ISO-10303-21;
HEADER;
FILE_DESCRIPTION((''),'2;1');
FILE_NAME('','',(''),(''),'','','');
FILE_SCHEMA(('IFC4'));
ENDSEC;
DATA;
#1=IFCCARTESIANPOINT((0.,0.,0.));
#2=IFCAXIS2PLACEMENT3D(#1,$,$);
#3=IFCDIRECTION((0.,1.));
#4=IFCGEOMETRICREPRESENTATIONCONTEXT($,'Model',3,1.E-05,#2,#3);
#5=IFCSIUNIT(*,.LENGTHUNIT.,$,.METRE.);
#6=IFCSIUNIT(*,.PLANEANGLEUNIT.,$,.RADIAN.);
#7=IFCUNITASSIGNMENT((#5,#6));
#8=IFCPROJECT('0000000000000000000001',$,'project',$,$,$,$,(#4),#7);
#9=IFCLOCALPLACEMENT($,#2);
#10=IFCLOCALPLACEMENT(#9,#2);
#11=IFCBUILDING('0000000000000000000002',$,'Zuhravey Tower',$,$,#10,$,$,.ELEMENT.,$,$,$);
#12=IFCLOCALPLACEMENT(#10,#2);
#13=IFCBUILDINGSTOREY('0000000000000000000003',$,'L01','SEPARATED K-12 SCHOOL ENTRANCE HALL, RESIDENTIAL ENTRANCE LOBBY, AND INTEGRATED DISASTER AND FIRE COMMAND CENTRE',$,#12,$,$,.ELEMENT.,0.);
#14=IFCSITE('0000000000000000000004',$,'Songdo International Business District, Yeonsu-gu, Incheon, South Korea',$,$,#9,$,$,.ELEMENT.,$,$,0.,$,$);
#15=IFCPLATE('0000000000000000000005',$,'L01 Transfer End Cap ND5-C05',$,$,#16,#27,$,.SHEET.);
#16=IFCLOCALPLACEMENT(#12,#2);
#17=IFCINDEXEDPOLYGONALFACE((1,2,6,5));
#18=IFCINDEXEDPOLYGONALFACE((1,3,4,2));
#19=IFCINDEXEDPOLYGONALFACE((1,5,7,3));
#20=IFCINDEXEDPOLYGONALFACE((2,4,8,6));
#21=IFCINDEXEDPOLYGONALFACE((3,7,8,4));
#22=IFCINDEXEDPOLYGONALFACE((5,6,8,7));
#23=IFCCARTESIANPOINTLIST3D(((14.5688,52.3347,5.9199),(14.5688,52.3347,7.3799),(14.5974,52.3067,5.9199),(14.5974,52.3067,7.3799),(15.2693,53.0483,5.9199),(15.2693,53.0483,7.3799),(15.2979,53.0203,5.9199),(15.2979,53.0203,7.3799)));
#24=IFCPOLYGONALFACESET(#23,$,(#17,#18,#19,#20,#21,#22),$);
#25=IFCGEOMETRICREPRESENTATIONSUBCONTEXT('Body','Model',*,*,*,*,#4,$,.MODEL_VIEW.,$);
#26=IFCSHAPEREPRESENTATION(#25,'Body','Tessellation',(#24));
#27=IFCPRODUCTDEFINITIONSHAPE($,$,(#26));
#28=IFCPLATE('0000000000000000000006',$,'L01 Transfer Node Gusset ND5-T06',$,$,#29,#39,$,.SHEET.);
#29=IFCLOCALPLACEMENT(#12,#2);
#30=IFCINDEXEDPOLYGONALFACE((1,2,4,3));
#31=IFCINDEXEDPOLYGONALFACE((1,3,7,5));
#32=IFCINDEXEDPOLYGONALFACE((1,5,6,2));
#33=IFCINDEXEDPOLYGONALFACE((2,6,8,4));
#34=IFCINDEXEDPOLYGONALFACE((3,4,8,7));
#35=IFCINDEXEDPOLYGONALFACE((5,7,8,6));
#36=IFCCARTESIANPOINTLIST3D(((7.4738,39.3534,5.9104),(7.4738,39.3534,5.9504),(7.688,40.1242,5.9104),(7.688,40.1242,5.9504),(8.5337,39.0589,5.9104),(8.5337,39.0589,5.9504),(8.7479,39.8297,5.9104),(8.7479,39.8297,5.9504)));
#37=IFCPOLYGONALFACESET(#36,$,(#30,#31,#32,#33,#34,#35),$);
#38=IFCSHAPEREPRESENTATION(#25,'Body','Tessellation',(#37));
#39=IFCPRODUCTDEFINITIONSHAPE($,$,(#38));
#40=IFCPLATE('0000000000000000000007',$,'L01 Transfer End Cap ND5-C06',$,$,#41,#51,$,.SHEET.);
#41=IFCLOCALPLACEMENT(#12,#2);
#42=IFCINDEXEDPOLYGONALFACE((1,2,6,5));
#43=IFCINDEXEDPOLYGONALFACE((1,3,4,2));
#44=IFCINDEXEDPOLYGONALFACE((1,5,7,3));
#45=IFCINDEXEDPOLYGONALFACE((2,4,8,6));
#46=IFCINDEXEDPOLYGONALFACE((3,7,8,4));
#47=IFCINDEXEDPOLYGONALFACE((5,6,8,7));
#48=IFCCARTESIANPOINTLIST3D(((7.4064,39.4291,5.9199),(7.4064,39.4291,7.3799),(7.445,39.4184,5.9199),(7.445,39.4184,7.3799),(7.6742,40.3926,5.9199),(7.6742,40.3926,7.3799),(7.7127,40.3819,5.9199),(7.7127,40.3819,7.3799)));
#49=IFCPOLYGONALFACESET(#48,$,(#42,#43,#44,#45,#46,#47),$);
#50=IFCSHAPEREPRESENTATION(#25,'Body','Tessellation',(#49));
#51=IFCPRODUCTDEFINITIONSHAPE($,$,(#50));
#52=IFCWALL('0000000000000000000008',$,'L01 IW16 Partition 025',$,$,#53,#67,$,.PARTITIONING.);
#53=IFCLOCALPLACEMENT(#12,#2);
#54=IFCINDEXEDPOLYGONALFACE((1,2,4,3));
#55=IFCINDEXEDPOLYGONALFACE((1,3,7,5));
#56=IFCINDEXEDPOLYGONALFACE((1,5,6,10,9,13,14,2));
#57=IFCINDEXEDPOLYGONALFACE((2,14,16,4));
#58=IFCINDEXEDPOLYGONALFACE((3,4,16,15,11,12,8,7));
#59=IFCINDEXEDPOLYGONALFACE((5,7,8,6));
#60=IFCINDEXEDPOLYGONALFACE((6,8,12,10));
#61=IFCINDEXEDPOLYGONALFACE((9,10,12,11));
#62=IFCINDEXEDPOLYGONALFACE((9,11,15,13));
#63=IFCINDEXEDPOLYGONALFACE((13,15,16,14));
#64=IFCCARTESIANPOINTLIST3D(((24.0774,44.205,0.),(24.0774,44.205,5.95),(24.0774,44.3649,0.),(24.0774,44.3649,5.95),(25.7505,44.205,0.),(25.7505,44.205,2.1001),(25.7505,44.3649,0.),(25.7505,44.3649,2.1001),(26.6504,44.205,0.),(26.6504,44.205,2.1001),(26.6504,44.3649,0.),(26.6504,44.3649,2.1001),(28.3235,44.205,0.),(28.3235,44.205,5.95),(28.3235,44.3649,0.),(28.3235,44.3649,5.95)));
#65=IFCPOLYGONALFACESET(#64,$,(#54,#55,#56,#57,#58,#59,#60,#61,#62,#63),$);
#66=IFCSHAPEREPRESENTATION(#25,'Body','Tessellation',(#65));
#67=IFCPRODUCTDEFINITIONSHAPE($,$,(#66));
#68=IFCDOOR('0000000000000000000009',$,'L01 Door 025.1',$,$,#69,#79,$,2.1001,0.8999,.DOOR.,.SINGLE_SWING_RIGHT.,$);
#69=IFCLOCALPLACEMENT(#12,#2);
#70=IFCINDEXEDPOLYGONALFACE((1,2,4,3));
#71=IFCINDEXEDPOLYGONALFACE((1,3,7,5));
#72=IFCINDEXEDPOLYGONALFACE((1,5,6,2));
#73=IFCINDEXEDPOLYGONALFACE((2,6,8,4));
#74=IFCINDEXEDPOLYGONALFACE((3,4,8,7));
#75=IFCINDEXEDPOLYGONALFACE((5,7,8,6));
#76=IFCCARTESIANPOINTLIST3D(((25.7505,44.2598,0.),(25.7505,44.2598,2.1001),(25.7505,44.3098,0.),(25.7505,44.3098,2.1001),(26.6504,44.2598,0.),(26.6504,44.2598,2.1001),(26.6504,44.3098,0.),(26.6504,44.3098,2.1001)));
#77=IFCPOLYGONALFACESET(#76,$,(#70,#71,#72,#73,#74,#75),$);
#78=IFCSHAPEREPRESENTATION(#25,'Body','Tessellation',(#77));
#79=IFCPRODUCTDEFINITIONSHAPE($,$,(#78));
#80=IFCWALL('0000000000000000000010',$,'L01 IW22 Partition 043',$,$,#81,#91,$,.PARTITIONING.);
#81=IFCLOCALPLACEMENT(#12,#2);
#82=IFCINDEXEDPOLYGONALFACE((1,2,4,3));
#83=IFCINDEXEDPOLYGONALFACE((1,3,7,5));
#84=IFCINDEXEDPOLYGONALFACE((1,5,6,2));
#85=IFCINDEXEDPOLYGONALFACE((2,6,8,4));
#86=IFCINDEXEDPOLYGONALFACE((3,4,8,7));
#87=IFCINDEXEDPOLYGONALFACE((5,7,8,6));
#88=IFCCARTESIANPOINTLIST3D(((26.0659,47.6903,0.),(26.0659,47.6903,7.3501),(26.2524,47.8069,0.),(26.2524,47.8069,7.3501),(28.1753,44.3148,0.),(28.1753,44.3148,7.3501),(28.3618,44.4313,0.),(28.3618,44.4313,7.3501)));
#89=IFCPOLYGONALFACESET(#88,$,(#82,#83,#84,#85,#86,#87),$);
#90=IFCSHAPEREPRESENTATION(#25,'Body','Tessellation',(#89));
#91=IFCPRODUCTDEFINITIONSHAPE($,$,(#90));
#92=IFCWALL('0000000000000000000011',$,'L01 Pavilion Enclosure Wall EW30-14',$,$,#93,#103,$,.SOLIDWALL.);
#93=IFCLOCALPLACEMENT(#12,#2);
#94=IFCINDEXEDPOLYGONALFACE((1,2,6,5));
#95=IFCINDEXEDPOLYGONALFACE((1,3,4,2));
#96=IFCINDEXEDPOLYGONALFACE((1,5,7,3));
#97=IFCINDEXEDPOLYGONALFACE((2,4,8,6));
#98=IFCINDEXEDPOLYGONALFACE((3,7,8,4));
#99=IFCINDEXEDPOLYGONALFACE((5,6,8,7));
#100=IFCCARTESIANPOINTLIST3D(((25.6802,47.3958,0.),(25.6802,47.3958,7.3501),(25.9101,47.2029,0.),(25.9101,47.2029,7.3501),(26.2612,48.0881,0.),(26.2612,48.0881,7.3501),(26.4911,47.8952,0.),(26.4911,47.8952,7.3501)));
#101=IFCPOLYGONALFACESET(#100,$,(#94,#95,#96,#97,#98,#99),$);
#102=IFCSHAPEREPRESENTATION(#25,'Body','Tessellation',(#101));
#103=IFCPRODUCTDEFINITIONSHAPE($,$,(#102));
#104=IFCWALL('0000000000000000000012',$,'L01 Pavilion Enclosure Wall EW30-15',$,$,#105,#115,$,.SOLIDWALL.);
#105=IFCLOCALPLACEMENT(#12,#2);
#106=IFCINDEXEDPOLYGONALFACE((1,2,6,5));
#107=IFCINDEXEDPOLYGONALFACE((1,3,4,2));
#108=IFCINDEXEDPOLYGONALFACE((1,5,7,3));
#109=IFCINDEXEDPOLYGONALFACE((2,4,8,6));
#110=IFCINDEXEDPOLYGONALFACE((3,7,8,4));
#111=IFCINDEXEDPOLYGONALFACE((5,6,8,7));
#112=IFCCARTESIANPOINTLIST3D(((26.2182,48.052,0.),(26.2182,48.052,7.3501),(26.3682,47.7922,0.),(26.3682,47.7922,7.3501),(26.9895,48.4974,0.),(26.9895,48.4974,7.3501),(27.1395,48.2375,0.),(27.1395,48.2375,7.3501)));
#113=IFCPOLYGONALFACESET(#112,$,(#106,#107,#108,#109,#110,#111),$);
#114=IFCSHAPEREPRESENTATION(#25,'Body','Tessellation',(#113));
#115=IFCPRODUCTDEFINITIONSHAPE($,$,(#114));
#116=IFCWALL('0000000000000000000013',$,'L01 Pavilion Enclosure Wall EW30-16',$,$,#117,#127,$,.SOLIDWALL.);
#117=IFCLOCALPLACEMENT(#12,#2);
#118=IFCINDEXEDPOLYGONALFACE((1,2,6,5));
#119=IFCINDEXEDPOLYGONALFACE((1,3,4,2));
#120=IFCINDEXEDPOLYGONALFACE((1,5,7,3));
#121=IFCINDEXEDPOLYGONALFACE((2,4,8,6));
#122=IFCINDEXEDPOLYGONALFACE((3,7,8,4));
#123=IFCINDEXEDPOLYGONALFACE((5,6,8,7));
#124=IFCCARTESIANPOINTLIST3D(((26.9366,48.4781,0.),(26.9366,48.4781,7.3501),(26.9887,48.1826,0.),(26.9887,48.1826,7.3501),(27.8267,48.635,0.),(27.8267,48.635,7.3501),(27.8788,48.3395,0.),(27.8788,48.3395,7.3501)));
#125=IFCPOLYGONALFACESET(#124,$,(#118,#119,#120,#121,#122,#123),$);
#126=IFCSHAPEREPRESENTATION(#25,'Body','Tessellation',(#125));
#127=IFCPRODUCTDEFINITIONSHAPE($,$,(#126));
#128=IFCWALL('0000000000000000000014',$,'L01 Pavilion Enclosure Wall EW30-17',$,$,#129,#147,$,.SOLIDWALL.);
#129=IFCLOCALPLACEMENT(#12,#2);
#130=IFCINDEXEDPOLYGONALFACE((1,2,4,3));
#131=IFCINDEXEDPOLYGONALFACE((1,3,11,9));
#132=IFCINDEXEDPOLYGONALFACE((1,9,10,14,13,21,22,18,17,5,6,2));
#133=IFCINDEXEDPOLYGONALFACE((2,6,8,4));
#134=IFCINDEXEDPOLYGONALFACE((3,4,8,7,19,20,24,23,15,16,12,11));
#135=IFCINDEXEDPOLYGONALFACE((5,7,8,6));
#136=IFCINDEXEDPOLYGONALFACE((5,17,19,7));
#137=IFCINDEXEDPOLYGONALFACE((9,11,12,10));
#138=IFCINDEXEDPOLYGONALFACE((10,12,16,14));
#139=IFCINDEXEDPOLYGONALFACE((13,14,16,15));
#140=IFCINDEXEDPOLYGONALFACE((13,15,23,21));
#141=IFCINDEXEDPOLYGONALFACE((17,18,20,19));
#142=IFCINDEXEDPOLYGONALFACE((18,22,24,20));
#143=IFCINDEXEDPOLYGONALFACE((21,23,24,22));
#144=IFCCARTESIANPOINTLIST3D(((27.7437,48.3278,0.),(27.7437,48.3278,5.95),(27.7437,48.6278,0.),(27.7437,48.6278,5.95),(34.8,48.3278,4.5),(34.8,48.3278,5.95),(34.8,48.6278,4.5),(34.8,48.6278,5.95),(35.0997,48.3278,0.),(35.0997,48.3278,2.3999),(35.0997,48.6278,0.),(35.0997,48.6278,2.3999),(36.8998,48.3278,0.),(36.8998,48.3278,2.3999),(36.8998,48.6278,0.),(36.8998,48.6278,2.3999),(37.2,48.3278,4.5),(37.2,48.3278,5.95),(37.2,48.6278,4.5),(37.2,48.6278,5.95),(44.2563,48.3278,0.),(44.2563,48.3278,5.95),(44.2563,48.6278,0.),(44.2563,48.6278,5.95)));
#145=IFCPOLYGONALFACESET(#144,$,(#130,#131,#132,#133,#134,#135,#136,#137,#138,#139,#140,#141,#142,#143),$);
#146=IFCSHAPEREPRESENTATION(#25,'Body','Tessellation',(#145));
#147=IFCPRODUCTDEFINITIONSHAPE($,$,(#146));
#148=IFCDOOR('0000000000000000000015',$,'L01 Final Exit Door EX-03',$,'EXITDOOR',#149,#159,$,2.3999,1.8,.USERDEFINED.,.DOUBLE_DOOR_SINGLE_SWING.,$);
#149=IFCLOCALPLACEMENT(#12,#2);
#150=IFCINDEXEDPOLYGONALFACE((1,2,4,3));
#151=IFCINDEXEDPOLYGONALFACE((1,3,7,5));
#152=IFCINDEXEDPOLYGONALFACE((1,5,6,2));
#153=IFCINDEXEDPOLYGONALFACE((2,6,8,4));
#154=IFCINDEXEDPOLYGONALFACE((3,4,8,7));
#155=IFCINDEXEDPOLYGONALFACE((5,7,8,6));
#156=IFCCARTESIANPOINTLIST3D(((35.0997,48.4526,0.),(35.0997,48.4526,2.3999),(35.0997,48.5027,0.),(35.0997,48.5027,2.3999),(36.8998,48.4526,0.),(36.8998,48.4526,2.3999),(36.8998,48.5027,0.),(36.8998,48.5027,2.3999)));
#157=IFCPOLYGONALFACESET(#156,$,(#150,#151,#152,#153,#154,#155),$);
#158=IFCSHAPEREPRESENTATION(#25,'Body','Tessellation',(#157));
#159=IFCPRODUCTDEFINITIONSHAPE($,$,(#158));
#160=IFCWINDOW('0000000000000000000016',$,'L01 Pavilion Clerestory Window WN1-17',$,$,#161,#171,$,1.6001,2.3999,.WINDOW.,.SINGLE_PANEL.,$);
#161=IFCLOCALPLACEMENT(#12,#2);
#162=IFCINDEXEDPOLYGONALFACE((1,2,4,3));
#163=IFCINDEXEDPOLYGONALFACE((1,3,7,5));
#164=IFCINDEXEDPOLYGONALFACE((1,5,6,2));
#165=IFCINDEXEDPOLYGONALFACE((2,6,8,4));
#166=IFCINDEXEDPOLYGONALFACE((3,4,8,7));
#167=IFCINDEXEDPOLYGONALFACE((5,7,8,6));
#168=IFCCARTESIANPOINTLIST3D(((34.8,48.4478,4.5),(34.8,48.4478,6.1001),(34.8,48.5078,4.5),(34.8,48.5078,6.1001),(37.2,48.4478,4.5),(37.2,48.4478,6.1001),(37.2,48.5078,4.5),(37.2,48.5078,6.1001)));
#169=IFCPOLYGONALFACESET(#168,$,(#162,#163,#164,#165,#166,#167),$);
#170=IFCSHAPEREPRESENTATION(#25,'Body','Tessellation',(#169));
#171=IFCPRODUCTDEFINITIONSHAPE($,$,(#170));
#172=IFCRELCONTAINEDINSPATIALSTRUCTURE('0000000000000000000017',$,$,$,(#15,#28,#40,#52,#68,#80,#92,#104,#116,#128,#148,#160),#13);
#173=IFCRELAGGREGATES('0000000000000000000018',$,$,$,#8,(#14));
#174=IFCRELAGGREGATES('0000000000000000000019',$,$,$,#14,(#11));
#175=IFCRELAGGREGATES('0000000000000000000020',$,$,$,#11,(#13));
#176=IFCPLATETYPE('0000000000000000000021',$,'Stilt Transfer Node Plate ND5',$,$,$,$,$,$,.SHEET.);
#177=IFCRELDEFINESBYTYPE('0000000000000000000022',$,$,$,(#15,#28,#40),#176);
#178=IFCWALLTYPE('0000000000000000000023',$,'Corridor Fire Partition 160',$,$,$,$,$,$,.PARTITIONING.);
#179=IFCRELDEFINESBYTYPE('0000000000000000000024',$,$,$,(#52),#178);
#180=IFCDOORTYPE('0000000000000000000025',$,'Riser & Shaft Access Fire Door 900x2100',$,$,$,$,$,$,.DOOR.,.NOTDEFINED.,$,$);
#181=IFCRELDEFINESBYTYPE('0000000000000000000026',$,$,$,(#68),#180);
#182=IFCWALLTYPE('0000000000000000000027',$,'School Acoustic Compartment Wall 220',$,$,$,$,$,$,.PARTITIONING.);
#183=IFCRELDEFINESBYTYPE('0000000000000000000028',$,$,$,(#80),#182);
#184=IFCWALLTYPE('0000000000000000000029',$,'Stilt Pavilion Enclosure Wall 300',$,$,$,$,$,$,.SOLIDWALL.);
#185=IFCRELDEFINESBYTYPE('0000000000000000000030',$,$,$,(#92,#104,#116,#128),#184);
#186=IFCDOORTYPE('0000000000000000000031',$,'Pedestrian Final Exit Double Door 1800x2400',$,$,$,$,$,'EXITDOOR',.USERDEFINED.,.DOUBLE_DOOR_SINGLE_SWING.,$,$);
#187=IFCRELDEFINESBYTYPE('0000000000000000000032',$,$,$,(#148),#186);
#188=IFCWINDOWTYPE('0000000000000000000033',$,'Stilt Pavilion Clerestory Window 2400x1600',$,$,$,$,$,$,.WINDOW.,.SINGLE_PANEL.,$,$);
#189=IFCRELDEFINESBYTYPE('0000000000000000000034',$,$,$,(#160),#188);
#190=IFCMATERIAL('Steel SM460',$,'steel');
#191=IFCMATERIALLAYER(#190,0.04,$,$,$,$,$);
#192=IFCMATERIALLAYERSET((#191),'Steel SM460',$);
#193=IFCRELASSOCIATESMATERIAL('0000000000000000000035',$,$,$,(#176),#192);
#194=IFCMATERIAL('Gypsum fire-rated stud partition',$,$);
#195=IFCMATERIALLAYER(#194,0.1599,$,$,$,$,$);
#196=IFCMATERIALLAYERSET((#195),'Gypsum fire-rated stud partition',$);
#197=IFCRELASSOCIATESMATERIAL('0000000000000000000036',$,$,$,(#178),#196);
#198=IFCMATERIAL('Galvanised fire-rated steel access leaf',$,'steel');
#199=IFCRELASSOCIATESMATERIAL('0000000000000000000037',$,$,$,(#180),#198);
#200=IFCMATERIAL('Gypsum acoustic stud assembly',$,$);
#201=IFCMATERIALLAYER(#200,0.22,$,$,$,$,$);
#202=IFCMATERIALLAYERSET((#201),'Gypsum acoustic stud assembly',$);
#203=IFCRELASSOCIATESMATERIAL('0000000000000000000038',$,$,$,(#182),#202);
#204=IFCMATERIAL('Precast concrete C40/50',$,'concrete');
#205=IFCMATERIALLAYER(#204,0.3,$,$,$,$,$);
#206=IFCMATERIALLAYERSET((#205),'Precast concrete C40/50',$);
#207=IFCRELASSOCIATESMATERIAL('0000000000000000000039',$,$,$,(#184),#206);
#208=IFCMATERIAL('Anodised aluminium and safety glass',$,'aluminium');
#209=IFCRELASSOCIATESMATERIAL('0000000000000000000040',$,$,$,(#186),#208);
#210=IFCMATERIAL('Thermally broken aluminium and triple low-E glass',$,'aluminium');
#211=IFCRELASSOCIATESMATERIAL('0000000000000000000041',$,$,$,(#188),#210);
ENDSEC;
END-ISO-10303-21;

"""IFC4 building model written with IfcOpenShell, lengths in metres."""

from ifc_helpers import new_model, si_unit, direction, frame, frame_2d, origin, origin_2d, place, context, subcontext, project, spatial, rectangle, extrude, material, layer, layer_set, type_object, element, fill, save


model = new_model("IFC4")

# Units and contexts
model_context = context("Model", 3, precision=1e-05, world=origin(), true_north=direction((0.0, 1.0)))
body_context = subcontext(model_context, "Body", "Model", "MODEL_VIEW")
ifc_project = project(units=[si_unit("LENGTHUNIT", "METRE"), si_unit("PLANEANGLEUNIT", "RADIAN")], contexts=[model_context])

# Site, building, storey
site_placement = place(None, origin())
site = spatial("IfcSite", under=ifc_project, at=site_placement, Name="Songdo International Business District, Yeonsu-gu, Incheon, South Korea", CompositionType="ELEMENT", RefElevation=0.0)
building_placement = place(site_placement, origin())
building = spatial("IfcBuilding", under=site, at=building_placement, Name="Zuhravey Tower", CompositionType="ELEMENT")
storey_placement = place(building_placement, origin())
storey = spatial("IfcBuildingStorey", under=building, at=storey_placement, Name="L01", Description="SEPARATED K-12 SCHOOL ENTRANCE HALL, RESIDENTIAL ENTRANCE LOBBY, AND INTEGRATED DISASTER AND FIRE COMMAND CENTRE", CompositionType="ELEMENT", Elevation=0.0)

# Shared definitions
ifc_material_1 = material(Name="Steel SM460", Category="steel")

# Plates
ifc_layer_1 = layer(ifc_material_1, 0.04)
ifc_layer_set_1 = layer_set([ifc_layer_1], Name="Steel SM460")
plate_type = type_object("IfcPlateType", Name="Stilt Transfer Node Plate ND5", PredefinedType="SHEET", material=ifc_layer_set_1)
plate_1_placement = place(storey_placement, frame((14.9333, 52.6775, 5.9199), z_axis=(0.0, 0.0, 1.0), x_axis=(-0.713617, 0.700536, 0.0)))
element("IfcPlate", 1, at=plate_1_placement, inside=storey, type_object=plate_type, Name="L01 Transfer End Cap ND5-C05", PredefinedType="SHEET", context=body_context, shape_type="SweptSolid", body=[
    extrude(rectangle(XDim=0.04, YDim=1.0, at=origin_2d()), origin(), (0.0, 0.0, 1.0), 1.46),
])
plate_2_placement = place(storey_placement, frame((8.1108, 39.5916, 5.9104), z_axis=(0.0, 0.0, 1.0), x_axis=(-0.96349, 0.267743, 0.0)))
element("IfcPlate", 2, at=plate_2_placement, inside=storey, type_object=plate_type, Name="L01 Transfer Node Gusset ND5-T06", PredefinedType="SHEET", context=body_context, shape_type="SweptSolid", body=[
    extrude(rectangle(XDim=1.1001, YDim=0.8, at=origin_2d()), origin(), (0.0, 0.0, 1.0), 0.04),
])
plate_3_placement = place(storey_placement, frame((7.5596, 39.9055, 5.9199), z_axis=(0.0, 0.0, 1.0), x_axis=(-0.96349, 0.267743, 0.0)))
element("IfcPlate", 3, at=plate_3_placement, inside=storey, type_object=plate_type, Name="L01 Transfer End Cap ND5-C06", PredefinedType="SHEET", context=body_context, shape_type="SweptSolid", body=[
    extrude(rectangle(XDim=0.04, YDim=1.0, at=origin_2d()), origin(), (0.0, 0.0, 1.0), 1.46),
])

# Wall, opening, door
ifc_material_2 = material(Name="Gypsum fire-rated stud partition")
ifc_layer_2 = layer(ifc_material_2, 0.1599)
ifc_layer_set_2 = layer_set([ifc_layer_2], Name="Gypsum fire-rated stud partition")
wall_type_1 = type_object("IfcWallType", Name="Corridor Fire Partition 160", PredefinedType="PARTITIONING", material=ifc_layer_set_2)
wall_1_placement = place(storey_placement, frame((28.3235, 44.2849, 0.0), z_axis=(0.0, 0.0, 1.0), x_axis=(-1.0, 0.0, 0.0)))
wall_1 = element("IfcWall", 4, at=wall_1_placement, inside=storey, type_object=wall_type_1, Name="L01 IW16 Partition 025", PredefinedType="PARTITIONING", context=body_context, shape_type="SweptSolid", body=[
    extrude(rectangle(XDim=4.2461, YDim=0.1599, at=frame_2d((2.123, 0.0))), origin(), (0.0, 0.0, 1.0), 5.95),
])
opening_1_placement = place(wall_1_placement, frame((1.6731, 0.0, 0.0)))
opening_1 = element("IfcOpeningElement", 5, at=opening_1_placement, cuts=wall_1, PredefinedType="OPENING", context=body_context, shape_type="SweptSolid", body=[
    extrude(rectangle(XDim=0.8999, YDim=2.1001, at=frame_2d((0.45, 1.05))), frame((0.0, 0.092, 0.0), z_axis=(0.0, -1.0, 0.0), x_axis=(1.0, 0.0, 0.0)), (0.0, 0.0, 1.0), 0.1838),
])
ifc_material_3 = material(Name="Galvanised fire-rated steel access leaf", Category="steel")
door_type_1 = type_object("IfcDoorType", Name="Riser & Shaft Access Fire Door 900x2100", OperationType="NOTDEFINED", PredefinedType="DOOR", material=ifc_material_3)
door_1_placement = place(opening_1_placement, frame((0.8999, 0.0, 0.0), z_axis=(0.0, 0.0, 1.0), x_axis=(-1.0, 0.0, 0.0)))
door_1 = element("IfcDoor", 6, at=door_1_placement, inside=storey, type_object=door_type_1, Name="L01 Door 025.1", OperationType="SINGLE_SWING_RIGHT", OverallHeight=2.1001, OverallWidth=0.8999, PredefinedType="DOOR", context=body_context, shape_type="SweptSolid", body=[
    extrude(rectangle(XDim=0.8999, YDim=2.1001, at=frame_2d((0.45, 1.05))), frame((0.0, 0.0249, 0.0), z_axis=(0.0, -1.0, 0.0), x_axis=(1.0, 0.0, 0.0)), (0.0, 0.0, 1.0), 0.05),
])
fill(opening_1, door_1)

# Walls
ifc_material_4 = material(Name="Gypsum acoustic stud assembly")
ifc_layer_3 = layer(ifc_material_4, 0.22)
ifc_layer_set_3 = layer_set([ifc_layer_3], Name="Gypsum acoustic stud assembly")
wall_type_2 = type_object("IfcWallType", Name="School Acoustic Compartment Wall 220", PredefinedType="PARTITIONING", material=ifc_layer_set_3)
wall_2_placement = place(storey_placement, frame((28.2686, 44.373, 0.0), z_axis=(0.0, 0.0, 1.0), x_axis=(-0.529944, 0.848033, 0.0)))
element("IfcWall", 7, at=wall_2_placement, inside=storey, type_object=wall_type_2, Name="L01 IW22 Partition 043", PredefinedType="PARTITIONING", context=body_context, shape_type="SweptSolid", body=[
    extrude(rectangle(XDim=3.9805, YDim=0.22, at=frame_2d((1.9902, 0.0))), origin(), (0.0, 0.0, 1.0), 7.3501),
])
ifc_material_5 = material(Name="Precast concrete C40/50", Category="concrete")
ifc_layer_4 = layer(ifc_material_5, 0.3)
ifc_layer_set_4 = layer_set([ifc_layer_4], Name="Precast concrete C40/50")
wall_type_3 = type_object("IfcWallType", Name="Stilt Pavilion Enclosure Wall 300", PredefinedType="SOLIDWALL", material=ifc_layer_set_4)
wall_3_placement = place(storey_placement, frame((25.7952, 47.2993, 0.0), z_axis=(0.0, 0.0, 1.0), x_axis=(0.642837, 0.766003, 0.0)))
element("IfcWall", 8, at=wall_3_placement, inside=storey, type_object=wall_type_3, Name="L01 Pavilion Enclosure Wall EW30-14", PredefinedType="SOLIDWALL", context=body_context, shape_type="SweptSolid", body=[
    extrude(rectangle(XDim=0.9038, YDim=0.3, at=frame_2d((0.4519, 0.0))), origin(), (0.0, 0.0, 1.0), 7.3501),
])
wall_4_placement = place(storey_placement, frame((26.2932, 47.9221, 0.0), z_axis=(0.0, 0.0, 1.0), x_axis=(0.866008, 0.500031, 0.0)))
element("IfcWall", 9, at=wall_4_placement, inside=storey, type_object=wall_type_3, Name="L01 Pavilion Enclosure Wall EW30-15", PredefinedType="SOLIDWALL", context=body_context, shape_type="SweptSolid", body=[
    extrude(rectangle(XDim=0.8906, YDim=0.3, at=frame_2d((0.4453, 0.0))), origin(), (0.0, 0.0, 1.0), 7.3501),
])
wall_5_placement = place(storey_placement, frame((26.9626, 48.3303, 0.0), z_axis=(0.0, 0.0, 1.0), x_axis=(0.984803, 0.173677, 0.0)))
element("IfcWall", 10, at=wall_5_placement, inside=storey, type_object=wall_type_3, Name="L01 Pavilion Enclosure Wall EW30-16", PredefinedType="SOLIDWALL", context=body_context, shape_type="SweptSolid", body=[
    extrude(rectangle(XDim=0.9038, YDim=0.3, at=frame_2d((0.4519, 0.0))), origin(), (0.0, 0.0, 1.0), 7.3501),
])

# Wall, openings, door, window
wall_6_placement = place(storey_placement, frame((27.7437, 48.4778, 0.0), z_axis=(0.0, 0.0, 1.0), x_axis=(1.0, 0.0, 0.0)))
wall_6 = element("IfcWall", 11, at=wall_6_placement, inside=storey, type_object=wall_type_3, Name="L01 Pavilion Enclosure Wall EW30-17", PredefinedType="SOLIDWALL", context=body_context, shape_type="SweptSolid", body=[
    extrude(rectangle(XDim=16.5127, YDim=0.3, at=frame_2d((8.2563, 0.0))), origin(), (0.0, 0.0, 1.0), 5.95),
])
opening_2_placement = place(wall_6_placement, frame((7.3562, 0.0, 0.0)))
opening_2 = element("IfcOpeningElement", 12, at=opening_2_placement, cuts=wall_6, PredefinedType="OPENING", context=body_context, shape_type="SweptSolid", body=[
    extrude(rectangle(XDim=1.8, YDim=2.3999, at=frame_2d((0.8999, 1.2))), frame((0.0, 0.1621, 0.0), z_axis=(0.0, -1.0, 0.0), x_axis=(1.0, 0.0, 0.0)), (0.0, 0.0, 1.0), 0.324),
])
opening_3_placement = place(wall_6_placement, frame((7.0564, 0.0, 4.5)))
opening_3 = element("IfcOpeningElement", 13, at=opening_3_placement, cuts=wall_6, PredefinedType="OPENING", context=body_context, shape_type="SweptSolid", body=[
    extrude(rectangle(XDim=2.3999, YDim=1.6001, at=frame_2d((1.2, 0.8))), frame((0.0, 0.1621, 0.0), z_axis=(0.0, -1.0, 0.0), x_axis=(1.0, 0.0, 0.0)), (0.0, 0.0, 1.0), 0.324),
])
ifc_material_6 = material(Name="Anodised aluminium and safety glass", Category="aluminium")
door_type_2 = type_object("IfcDoorType", Name="Pedestrian Final Exit Double Door 1800x2400", ElementType="EXITDOOR", OperationType="DOUBLE_DOOR_SINGLE_SWING", PredefinedType="USERDEFINED", material=ifc_material_6)
door_2_placement = place(opening_2_placement, origin())
door_2 = element("IfcDoor", 14, at=door_2_placement, inside=storey, type_object=door_type_2, Name="L01 Final Exit Door EX-03", ObjectType="EXITDOOR", OperationType="DOUBLE_DOOR_SINGLE_SWING", OverallHeight=2.3999, OverallWidth=1.8, PredefinedType="USERDEFINED", context=body_context, shape_type="SweptSolid", body=[
    extrude(rectangle(XDim=1.8, YDim=2.3999, at=frame_2d((0.8999, 1.2))), frame((0.0, 0.0249, 0.0), z_axis=(0.0, -1.0, 0.0), x_axis=(1.0, 0.0, 0.0)), (0.0, 0.0, 1.0), 0.05),
])
fill(opening_2, door_2)
ifc_material_7 = material(Name="Thermally broken aluminium and triple low-E glass", Category="aluminium")
window_type = type_object("IfcWindowType", Name="Stilt Pavilion Clerestory Window 2400x1600", PartitioningType="SINGLE_PANEL", PredefinedType="WINDOW", material=ifc_material_7)
window_placement = place(opening_3_placement, origin())
window = element("IfcWindow", 15, at=window_placement, inside=storey, type_object=window_type, Name="L01 Pavilion Clerestory Window WN1-17", OverallHeight=1.6001, OverallWidth=2.3999, PartitioningType="SINGLE_PANEL", PredefinedType="WINDOW", context=body_context, shape_type="SweptSolid", body=[
    extrude(rectangle(XDim=2.3999, YDim=1.6001, at=frame_2d((1.2, 0.8))), frame((0.0, 0.03, 0.0), z_axis=(0.0, -1.0, 0.0), x_axis=(1.0, 0.0, 0.0)), (0.0, 0.0, 1.0), 0.0601),
])
fill(opening_3, window)

save(model, "model.ifc")
